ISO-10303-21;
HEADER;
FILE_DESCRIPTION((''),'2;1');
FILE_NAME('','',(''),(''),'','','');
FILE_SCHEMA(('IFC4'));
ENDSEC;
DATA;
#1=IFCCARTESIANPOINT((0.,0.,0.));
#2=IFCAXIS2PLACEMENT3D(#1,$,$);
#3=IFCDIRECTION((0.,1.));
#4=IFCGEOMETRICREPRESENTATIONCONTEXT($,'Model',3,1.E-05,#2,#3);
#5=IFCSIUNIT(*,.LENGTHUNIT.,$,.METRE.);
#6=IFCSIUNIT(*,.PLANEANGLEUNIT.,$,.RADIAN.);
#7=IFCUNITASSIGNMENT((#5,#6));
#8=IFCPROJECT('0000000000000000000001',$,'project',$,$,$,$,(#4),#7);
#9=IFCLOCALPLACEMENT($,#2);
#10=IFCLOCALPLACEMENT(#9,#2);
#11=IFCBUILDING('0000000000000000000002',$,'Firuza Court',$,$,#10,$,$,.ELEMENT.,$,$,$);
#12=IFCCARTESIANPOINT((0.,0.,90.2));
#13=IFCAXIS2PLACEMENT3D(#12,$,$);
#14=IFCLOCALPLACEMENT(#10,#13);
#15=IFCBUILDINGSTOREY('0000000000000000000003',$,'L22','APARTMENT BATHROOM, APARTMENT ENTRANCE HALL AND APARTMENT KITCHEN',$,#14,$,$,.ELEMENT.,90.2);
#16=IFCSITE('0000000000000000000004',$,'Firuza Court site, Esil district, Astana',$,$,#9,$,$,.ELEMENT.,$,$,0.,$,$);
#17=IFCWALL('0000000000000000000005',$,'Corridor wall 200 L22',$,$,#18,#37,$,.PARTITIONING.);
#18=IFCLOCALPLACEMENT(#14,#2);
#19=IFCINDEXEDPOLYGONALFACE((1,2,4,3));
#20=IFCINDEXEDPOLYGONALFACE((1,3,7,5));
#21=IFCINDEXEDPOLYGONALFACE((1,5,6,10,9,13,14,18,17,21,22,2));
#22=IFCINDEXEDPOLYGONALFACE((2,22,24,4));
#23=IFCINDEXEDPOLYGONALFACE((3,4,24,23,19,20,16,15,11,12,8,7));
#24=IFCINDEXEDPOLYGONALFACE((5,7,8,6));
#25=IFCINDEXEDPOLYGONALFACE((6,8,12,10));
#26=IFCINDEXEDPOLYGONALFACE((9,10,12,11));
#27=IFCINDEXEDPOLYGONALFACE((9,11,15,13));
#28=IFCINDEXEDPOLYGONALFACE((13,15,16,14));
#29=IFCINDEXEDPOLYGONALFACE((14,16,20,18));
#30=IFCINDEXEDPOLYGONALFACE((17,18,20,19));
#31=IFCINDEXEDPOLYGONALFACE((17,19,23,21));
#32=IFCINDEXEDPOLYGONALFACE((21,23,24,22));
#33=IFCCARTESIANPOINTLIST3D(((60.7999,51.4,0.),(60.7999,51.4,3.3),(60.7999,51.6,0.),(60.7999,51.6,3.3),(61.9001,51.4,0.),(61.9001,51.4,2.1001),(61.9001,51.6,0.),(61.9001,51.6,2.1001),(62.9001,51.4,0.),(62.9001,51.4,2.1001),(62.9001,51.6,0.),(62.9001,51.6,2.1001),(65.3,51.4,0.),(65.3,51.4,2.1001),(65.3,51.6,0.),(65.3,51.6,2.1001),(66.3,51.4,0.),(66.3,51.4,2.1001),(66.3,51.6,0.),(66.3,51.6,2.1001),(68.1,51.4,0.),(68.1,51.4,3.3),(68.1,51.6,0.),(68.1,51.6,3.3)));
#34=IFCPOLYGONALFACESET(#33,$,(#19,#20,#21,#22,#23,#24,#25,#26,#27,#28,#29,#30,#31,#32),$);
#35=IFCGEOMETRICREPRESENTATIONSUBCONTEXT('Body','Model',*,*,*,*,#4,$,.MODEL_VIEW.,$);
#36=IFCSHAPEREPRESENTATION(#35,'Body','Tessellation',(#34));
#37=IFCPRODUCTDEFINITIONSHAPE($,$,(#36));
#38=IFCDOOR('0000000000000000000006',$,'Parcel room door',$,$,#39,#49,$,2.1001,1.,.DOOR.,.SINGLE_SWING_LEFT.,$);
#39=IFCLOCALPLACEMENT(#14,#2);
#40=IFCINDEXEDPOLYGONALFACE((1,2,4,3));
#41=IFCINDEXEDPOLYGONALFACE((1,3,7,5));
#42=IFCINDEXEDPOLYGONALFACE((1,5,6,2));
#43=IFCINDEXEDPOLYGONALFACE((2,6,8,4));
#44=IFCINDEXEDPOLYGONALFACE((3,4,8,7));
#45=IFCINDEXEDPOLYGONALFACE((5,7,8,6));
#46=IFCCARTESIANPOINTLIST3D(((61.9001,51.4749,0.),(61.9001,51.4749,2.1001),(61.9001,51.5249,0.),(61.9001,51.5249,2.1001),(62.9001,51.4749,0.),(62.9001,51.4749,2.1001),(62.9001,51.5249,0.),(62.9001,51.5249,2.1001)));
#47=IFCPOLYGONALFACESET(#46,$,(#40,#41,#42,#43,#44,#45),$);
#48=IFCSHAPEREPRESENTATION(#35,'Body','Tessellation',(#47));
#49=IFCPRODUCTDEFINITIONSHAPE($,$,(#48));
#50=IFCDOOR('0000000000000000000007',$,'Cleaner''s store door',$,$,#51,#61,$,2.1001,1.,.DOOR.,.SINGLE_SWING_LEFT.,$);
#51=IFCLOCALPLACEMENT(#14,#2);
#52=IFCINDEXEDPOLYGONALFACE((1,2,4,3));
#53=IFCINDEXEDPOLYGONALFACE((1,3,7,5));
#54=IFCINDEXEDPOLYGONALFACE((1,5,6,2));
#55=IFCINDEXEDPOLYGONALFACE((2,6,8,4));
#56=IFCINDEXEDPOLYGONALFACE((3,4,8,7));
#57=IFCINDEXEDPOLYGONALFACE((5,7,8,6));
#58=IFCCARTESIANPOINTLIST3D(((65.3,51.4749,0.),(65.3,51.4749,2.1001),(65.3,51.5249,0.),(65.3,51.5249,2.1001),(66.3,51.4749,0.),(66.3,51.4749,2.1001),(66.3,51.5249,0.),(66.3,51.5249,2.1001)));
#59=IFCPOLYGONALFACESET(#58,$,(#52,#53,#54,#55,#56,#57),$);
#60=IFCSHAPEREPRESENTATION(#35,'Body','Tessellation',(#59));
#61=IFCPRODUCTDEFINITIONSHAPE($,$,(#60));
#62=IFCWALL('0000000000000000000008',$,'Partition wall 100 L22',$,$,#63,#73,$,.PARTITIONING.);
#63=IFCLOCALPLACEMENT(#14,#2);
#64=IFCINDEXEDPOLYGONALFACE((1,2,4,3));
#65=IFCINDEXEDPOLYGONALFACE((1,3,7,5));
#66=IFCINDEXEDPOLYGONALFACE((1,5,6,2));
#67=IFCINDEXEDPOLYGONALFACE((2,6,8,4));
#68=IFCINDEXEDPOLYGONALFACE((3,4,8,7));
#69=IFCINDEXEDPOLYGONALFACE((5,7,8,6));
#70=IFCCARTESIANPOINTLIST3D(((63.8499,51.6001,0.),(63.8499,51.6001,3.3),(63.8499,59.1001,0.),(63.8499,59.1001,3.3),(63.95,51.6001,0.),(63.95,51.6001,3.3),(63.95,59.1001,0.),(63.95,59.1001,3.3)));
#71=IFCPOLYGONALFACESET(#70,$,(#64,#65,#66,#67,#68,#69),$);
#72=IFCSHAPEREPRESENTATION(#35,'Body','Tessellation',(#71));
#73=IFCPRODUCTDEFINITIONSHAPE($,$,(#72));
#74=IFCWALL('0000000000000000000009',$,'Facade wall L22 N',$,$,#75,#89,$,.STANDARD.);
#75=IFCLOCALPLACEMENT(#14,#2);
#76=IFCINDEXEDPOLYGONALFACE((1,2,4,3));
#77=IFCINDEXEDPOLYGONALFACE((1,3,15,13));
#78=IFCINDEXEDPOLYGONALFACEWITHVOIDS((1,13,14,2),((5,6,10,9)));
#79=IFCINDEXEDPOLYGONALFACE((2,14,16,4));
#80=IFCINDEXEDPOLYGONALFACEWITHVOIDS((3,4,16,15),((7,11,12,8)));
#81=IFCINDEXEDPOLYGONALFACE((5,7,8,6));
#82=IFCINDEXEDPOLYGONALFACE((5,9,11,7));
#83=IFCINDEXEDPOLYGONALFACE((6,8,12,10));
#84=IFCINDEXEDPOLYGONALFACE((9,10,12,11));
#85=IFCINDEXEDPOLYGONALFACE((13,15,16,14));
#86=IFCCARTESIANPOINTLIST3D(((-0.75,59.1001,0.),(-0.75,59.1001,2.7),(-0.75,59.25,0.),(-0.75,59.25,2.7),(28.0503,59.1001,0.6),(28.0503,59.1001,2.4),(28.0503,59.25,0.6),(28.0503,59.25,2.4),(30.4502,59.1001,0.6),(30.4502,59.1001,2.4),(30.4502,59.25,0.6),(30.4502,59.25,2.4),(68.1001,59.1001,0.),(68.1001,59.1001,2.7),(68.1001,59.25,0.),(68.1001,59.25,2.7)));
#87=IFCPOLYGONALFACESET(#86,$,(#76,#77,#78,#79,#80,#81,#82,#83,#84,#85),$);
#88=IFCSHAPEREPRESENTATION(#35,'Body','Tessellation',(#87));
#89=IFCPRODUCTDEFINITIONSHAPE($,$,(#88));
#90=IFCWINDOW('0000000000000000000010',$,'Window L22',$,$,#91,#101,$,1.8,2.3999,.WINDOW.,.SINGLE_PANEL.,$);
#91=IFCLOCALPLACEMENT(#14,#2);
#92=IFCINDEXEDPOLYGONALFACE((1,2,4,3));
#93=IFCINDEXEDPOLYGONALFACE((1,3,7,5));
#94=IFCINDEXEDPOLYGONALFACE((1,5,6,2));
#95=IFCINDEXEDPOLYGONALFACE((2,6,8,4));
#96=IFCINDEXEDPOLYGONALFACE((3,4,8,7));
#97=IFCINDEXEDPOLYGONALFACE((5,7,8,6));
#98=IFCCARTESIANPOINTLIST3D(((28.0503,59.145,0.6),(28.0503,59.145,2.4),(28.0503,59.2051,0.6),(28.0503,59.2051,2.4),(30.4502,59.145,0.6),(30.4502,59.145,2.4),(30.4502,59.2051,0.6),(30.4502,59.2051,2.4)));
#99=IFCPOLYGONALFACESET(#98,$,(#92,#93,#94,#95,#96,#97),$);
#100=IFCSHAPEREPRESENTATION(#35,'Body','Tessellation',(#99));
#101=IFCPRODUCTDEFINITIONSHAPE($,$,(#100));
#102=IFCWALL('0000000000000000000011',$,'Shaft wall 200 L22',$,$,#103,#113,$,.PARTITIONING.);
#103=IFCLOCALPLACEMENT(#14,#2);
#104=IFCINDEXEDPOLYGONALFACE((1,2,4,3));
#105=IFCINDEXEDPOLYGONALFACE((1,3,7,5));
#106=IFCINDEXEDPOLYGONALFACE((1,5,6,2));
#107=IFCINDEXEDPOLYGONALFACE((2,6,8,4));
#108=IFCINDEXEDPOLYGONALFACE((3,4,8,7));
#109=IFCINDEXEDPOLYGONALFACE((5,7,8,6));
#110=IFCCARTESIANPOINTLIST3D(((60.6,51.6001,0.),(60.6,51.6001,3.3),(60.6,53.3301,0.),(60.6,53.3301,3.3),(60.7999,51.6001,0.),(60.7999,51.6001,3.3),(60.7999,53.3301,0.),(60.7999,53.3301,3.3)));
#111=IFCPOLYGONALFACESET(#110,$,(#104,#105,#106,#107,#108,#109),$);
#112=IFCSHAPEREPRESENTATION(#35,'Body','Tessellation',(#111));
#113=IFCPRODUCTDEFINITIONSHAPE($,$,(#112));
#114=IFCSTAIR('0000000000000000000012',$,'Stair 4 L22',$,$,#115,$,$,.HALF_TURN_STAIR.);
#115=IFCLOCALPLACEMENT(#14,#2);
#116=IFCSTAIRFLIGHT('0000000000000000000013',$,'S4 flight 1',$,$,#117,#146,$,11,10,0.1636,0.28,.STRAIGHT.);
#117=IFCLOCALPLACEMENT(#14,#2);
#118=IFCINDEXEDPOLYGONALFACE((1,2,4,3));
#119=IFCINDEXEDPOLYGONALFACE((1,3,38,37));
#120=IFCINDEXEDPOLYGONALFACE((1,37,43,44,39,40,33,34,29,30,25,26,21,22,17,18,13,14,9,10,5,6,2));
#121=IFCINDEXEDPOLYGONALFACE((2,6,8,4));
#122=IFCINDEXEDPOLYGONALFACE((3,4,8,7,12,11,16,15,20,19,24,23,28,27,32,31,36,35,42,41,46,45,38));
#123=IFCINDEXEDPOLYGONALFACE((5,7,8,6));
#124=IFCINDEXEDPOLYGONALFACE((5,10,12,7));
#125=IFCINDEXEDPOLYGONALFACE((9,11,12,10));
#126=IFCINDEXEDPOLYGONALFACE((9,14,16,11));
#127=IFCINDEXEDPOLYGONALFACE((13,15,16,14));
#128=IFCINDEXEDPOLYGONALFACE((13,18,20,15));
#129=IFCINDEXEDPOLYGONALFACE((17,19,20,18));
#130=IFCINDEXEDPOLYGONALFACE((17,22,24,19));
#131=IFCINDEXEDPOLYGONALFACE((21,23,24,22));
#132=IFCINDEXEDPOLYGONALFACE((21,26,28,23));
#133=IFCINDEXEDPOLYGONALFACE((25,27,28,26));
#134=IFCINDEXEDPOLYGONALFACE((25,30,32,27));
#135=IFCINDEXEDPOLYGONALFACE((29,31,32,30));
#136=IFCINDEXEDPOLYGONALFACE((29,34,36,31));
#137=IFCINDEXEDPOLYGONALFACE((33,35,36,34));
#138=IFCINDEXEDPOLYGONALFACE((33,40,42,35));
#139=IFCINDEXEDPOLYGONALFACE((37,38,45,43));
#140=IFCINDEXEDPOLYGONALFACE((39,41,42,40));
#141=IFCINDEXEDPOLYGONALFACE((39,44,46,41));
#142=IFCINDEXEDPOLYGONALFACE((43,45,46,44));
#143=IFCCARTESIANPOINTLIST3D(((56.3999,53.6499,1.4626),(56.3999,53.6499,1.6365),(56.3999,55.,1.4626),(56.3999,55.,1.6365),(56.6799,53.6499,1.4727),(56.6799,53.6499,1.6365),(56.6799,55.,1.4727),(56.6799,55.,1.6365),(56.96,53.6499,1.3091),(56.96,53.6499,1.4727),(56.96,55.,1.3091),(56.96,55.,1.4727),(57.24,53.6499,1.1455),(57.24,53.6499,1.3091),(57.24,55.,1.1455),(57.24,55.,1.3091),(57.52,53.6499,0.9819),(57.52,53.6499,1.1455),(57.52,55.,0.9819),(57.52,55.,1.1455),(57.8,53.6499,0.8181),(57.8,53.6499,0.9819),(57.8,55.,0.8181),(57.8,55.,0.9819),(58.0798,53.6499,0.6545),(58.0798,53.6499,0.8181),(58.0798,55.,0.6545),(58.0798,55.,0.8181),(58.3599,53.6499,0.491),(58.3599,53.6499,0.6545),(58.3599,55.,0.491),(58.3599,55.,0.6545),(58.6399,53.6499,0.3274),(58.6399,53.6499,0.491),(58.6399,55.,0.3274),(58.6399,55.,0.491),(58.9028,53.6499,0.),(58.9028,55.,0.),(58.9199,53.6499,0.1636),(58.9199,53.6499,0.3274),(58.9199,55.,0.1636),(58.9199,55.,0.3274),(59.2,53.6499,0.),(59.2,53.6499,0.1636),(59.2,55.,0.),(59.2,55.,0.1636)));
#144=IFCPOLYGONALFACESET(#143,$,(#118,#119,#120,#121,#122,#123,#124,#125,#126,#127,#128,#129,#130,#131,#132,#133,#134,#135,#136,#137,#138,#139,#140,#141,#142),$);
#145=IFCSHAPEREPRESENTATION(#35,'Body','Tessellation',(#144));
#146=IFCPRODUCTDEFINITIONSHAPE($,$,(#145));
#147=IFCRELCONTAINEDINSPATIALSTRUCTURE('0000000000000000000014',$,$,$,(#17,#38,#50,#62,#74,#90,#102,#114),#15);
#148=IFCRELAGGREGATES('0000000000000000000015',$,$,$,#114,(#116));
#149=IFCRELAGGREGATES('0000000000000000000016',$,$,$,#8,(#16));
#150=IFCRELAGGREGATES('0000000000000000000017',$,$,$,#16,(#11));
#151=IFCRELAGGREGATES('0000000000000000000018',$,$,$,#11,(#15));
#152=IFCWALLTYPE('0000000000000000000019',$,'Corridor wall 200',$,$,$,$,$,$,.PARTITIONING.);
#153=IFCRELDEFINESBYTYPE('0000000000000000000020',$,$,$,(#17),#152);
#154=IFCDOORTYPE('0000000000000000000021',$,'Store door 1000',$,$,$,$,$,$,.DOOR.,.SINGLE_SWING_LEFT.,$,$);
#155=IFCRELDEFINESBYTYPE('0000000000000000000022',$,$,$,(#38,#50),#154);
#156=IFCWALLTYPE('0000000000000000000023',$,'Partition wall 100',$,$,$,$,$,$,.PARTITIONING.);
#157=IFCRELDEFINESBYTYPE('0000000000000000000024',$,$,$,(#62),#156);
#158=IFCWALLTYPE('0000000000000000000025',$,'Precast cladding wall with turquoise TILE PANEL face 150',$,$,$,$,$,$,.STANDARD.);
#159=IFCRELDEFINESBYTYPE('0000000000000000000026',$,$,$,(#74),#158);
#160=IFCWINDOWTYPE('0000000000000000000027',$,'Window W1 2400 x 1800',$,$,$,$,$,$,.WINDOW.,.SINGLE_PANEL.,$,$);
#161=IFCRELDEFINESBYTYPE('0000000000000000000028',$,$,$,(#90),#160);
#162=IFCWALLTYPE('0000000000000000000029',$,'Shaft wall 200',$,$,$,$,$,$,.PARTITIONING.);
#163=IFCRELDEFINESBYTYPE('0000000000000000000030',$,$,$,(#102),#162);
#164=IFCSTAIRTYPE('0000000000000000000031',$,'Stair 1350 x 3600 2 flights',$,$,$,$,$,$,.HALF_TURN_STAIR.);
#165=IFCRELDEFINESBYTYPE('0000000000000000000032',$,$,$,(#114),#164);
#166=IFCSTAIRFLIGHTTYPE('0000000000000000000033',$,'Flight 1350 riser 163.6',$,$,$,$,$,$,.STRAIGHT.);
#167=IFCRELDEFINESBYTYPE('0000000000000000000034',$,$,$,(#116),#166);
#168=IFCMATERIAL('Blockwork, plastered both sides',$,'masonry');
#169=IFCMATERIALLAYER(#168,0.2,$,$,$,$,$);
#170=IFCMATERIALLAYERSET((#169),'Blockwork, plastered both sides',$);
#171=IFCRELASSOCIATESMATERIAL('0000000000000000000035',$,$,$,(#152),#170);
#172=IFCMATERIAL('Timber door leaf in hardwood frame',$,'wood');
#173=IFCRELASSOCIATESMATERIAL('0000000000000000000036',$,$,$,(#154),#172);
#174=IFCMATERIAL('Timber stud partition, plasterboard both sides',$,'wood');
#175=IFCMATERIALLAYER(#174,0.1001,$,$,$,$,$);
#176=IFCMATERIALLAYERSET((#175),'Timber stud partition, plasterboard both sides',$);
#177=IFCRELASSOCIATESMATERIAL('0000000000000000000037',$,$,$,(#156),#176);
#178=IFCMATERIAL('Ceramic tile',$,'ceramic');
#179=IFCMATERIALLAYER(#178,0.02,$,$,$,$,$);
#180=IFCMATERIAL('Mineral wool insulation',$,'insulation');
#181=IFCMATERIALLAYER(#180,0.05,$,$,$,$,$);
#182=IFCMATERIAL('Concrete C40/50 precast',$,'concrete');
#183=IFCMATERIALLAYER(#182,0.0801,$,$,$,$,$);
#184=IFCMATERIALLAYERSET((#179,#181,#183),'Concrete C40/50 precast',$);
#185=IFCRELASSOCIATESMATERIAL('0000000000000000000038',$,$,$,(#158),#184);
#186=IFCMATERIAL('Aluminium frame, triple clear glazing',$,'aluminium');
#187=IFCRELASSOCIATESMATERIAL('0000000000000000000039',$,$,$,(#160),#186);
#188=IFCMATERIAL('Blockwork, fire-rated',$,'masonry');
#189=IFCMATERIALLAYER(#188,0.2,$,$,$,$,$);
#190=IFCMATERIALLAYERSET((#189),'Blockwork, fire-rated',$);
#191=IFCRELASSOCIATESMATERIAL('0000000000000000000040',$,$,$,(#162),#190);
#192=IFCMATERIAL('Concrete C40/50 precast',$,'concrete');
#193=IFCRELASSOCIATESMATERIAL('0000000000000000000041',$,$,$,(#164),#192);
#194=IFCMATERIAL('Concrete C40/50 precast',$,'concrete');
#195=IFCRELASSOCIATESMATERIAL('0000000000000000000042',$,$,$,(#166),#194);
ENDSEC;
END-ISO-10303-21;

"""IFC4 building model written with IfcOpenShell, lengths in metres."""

from ifc_helpers import new_model, si_unit, direction, frame, frame_2d, origin, place, context, subcontext, project, spatial, polyline, rectangle, outline, extrude, material, layer, layer_set, type_object, element, fill, aggregate, save


model = new_model("IFC4")

# Units and contexts
model_context = context("Model", 3, precision=1e-05, world=origin(), true_north=direction((0.0, 1.0)))
body_context = subcontext(model_context, "Body", "Model", "MODEL_VIEW")
ifc_project = project(units=[si_unit("LENGTHUNIT", "METRE"), si_unit("PLANEANGLEUNIT", "RADIAN")], contexts=[model_context])

# Site, building, storey
site_placement = place(None, origin())
site = spatial("IfcSite", under=ifc_project, at=site_placement, Name="Firuza Court site, Esil district, Astana", CompositionType="ELEMENT", RefElevation=0.0)
building_placement = place(site_placement, origin())
building = spatial("IfcBuilding", under=site, at=building_placement, Name="Firuza Court", CompositionType="ELEMENT")
storey_placement = place(building_placement, frame((0.0, 0.0, 90.2)))
storey = spatial("IfcBuildingStorey", under=building, at=storey_placement, Name="L22", Description="APARTMENT BATHROOM, APARTMENT ENTRANCE HALL AND APARTMENT KITCHEN", CompositionType="ELEMENT", Elevation=90.2)

# Wall, openings, doors
ifc_material_1 = material(Name="Blockwork, plastered both sides", Category="masonry")
ifc_layer_1 = layer(ifc_material_1, 0.2)
ifc_layer_set_1 = layer_set([ifc_layer_1], Name="Blockwork, plastered both sides")
wall_type_1 = type_object("IfcWallType", Name="Corridor wall 200", PredefinedType="PARTITIONING", material=ifc_layer_set_1)
wall_1_placement = place(storey_placement, frame((60.8, 51.5, 0.0), z_axis=(0.0, 0.0, 1.0), x_axis=(1.0, 0.0, 0.0)))
wall_1 = element("IfcWall", 1, at=wall_1_placement, inside=storey, type_object=wall_type_1, Name="Corridor wall 200 L22", PredefinedType="PARTITIONING", context=body_context, shape_type="SweptSolid", body=[
    extrude(rectangle(XDim=7.3, YDim=0.2, at=frame_2d((3.6499, 0.0))), origin(), (0.0, 0.0, 1.0), 3.3),
])
opening_1_placement = place(wall_1_placement, frame((1.1001, 0.0, 0.0)))
opening_1 = element("IfcOpeningElement", 2, at=opening_1_placement, cuts=wall_1, PredefinedType="OPENING", context=body_context, shape_type="SweptSolid", body=[
    extrude(rectangle(XDim=1.0, YDim=2.1001, at=frame_2d((0.5, 1.05))), frame((0.0, 0.1118, 0.0), z_axis=(0.0, -1.0, 0.0), x_axis=(1.0, 0.0, 0.0)), (0.0, 0.0, 1.0), 0.2239),
])
opening_2_placement = place(wall_1_placement, frame((4.5, 0.0, 0.0)))
opening_2 = element("IfcOpeningElement", 3, at=opening_2_placement, cuts=wall_1, PredefinedType="OPENING", context=body_context, shape_type="SweptSolid", body=[
    extrude(rectangle(XDim=1.0, YDim=2.1001, at=frame_2d((0.5, 1.05))), frame((0.0, 0.1118, 0.0), z_axis=(0.0, -1.0, 0.0), x_axis=(1.0, 0.0, 0.0)), (0.0, 0.0, 1.0), 0.2239),
])
ifc_material_2 = material(Name="Timber door leaf in hardwood frame", Category="wood")
door_type = type_object("IfcDoorType", Name="Store door 1000", OperationType="SINGLE_SWING_LEFT", PredefinedType="DOOR", material=ifc_material_2)
door_1_placement = place(opening_1_placement, origin())
door_1 = element("IfcDoor", 4, at=door_1_placement, inside=storey, type_object=door_type, Name="Parcel room door", OperationType="SINGLE_SWING_LEFT", OverallHeight=2.1001, OverallWidth=1.0, PredefinedType="DOOR", context=body_context, shape_type="SweptSolid", body=[
    extrude(rectangle(XDim=1.0, YDim=2.1001, at=frame_2d((0.5, 1.05))), frame((0.0, 0.0249, 0.0), z_axis=(0.0, -1.0, 0.0), x_axis=(1.0, 0.0, 0.0)), (0.0, 0.0, 1.0), 0.05),
])
fill(opening_1, door_1)
door_2_placement = place(opening_2_placement, origin())
door_2 = element("IfcDoor", 5, at=door_2_placement, inside=storey, type_object=door_type, Name="Cleaner's store door", OperationType="SINGLE_SWING_LEFT", OverallHeight=2.1001, OverallWidth=1.0, PredefinedType="DOOR", context=body_context, shape_type="SweptSolid", body=[
    extrude(rectangle(XDim=1.0, YDim=2.1001, at=frame_2d((0.5, 1.05))), frame((0.0, 0.0249, 0.0), z_axis=(0.0, -1.0, 0.0), x_axis=(1.0, 0.0, 0.0)), (0.0, 0.0, 1.0), 0.05),
])
fill(opening_2, door_2)

# Wall
ifc_material_3 = material(Name="Timber stud partition, plasterboard both sides", Category="wood")
ifc_layer_2 = layer(ifc_material_3, 0.1001)
ifc_layer_set_2 = layer_set([ifc_layer_2], Name="Timber stud partition, plasterboard both sides")
wall_type_2 = type_object("IfcWallType", Name="Partition wall 100", PredefinedType="PARTITIONING", material=ifc_layer_set_2)
wall_2_placement = place(storey_placement, frame((63.8999, 51.6001, 0.0), z_axis=(0.0, 0.0, 1.0), x_axis=(0.0, 1.0, 0.0)))
element("IfcWall", 6, at=wall_2_placement, inside=storey, type_object=wall_type_2, Name="Partition wall 100 L22", PredefinedType="PARTITIONING", context=body_context, shape_type="SweptSolid", body=[
    extrude(rectangle(XDim=7.5, YDim=0.1001, at=frame_2d((3.75, 0.0))), origin(), (0.0, 0.0, 1.0), 3.3),
])

# Wall, opening, window
ifc_material_4 = material(Name="Ceramic tile", Category="ceramic")
ifc_layer_3 = layer(ifc_material_4, 0.02)
ifc_material_5 = material(Name="Mineral wool insulation", Category="insulation")
ifc_layer_4 = layer(ifc_material_5, 0.05)
ifc_material_6 = material(Name="Concrete C40/50 precast", Category="concrete")
ifc_layer_5 = layer(ifc_material_6, 0.0801)
ifc_layer_set_3 = layer_set([ifc_layer_3, ifc_layer_4, ifc_layer_5], Name="Concrete C40/50 precast")
wall_type_3 = type_object("IfcWallType", Name="Precast cladding wall with turquoise TILE PANEL face 150", PredefinedType="STANDARD", material=ifc_layer_set_3)
wall_3_placement = place(storey_placement, frame((68.1001, 59.175, 0.0), z_axis=(0.0, 0.0, 1.0), x_axis=(-1.0, 0.0, 0.0)))
wall_3 = element("IfcWall", 7, at=wall_3_placement, inside=storey, type_object=wall_type_3, Name="Facade wall L22 N", PredefinedType="STANDARD", context=body_context, shape_type="SweptSolid", body=[
    extrude(rectangle(XDim=68.8501, YDim=0.1499, at=frame_2d((34.425, 0.0))), origin(), (0.0, 0.0, 1.0), 2.7),
])
opening_3_placement = place(wall_3_placement, frame((37.6499, 0.0, 0.6001)))
opening_3 = element("IfcOpeningElement", 8, at=opening_3_placement, cuts=wall_3, PredefinedType="OPENING", context=body_context, shape_type="SweptSolid", body=[
    extrude(rectangle(XDim=2.3999, YDim=1.8, at=frame_2d((1.2, 0.8999))), frame((0.0, 0.0869, 0.0), z_axis=(0.0, -1.0, 0.0), x_axis=(1.0, 0.0, 0.0)), (0.0, 0.0, 1.0), 0.1738),
])
ifc_material_7 = material(Name="Aluminium frame, triple clear glazing", Category="aluminium")
window_type = type_object("IfcWindowType", Name="Window W1 2400 x 1800", PartitioningType="SINGLE_PANEL", PredefinedType="WINDOW", material=ifc_material_7)
window_placement = place(opening_3_placement, origin())
window = element("IfcWindow", 9, at=window_placement, inside=storey, type_object=window_type, Name="Window L22", OverallHeight=1.8, OverallWidth=2.3999, PartitioningType="SINGLE_PANEL", PredefinedType="WINDOW", context=body_context, shape_type="SweptSolid", body=[
    extrude(rectangle(XDim=2.3999, YDim=1.8, at=frame_2d((1.2, 0.8999))), frame((0.0, 0.03, 0.0), z_axis=(0.0, -1.0, 0.0), x_axis=(1.0, 0.0, 0.0)), (0.0, 0.0, 1.0), 0.0601),
])
fill(opening_3, window)

# Wall
ifc_material_8 = material(Name="Blockwork, fire-rated", Category="masonry")
ifc_layer_6 = layer(ifc_material_8, 0.2)
ifc_layer_set_4 = layer_set([ifc_layer_6], Name="Blockwork, fire-rated")
wall_type_4 = type_object("IfcWallType", Name="Shaft wall 200", PredefinedType="PARTITIONING", material=ifc_layer_set_4)
wall_4_placement = place(storey_placement, frame((60.7, 51.6001, 0.0), z_axis=(0.0, 0.0, 1.0), x_axis=(0.0, 1.0, 0.0)))
element("IfcWall", 10, at=wall_4_placement, inside=storey, type_object=wall_type_4, Name="Shaft wall 200 L22", PredefinedType="PARTITIONING", context=body_context, shape_type="SweptSolid", body=[
    extrude(rectangle(XDim=1.73, YDim=0.2, at=frame_2d((0.865, 0.0))), origin(), (0.0, 0.0, 1.0), 3.3),
])

# Stair, stair flight
ifc_material_9 = material(Name="Concrete C40/50 precast", Category="concrete")
stair_type = type_object("IfcStairType", Name="Stair 1350 x 3600 2 flights", PredefinedType="HALF_TURN_STAIR", material=ifc_material_9)
stair_placement = place(storey_placement, origin())
stair = element("IfcStair", 11, at=stair_placement, inside=storey, type_object=stair_type, Name="Stair 4 L22", PredefinedType="HALF_TURN_STAIR")
ifc_material_10 = material(Name="Concrete C40/50 precast", Category="concrete")
stair_flight_type = type_object("IfcStairFlightType", Name="Flight 1350 riser 163.6", PredefinedType="STRAIGHT", material=ifc_material_10)
stair_flight_placement = place(storey_placement, frame((59.2, 54.325, 0.0), z_axis=(0.0, 0.0, 1.0), x_axis=(-1.0, 0.0, 0.0)))
stair_flight = element("IfcStairFlight", 12, at=stair_flight_placement, type_object=stair_flight_type, Name="S4 flight 1", NumberOfRisers=11, NumberOfTreads=10, PredefinedType="STRAIGHT", RiserHeight=0.1636, TreadLength=0.28, context=body_context, shape_type="SweptSolid", body=[
    extrude(outline(polyline([(0.0, 0.0), (0.0, 0.1636), (0.28, 0.1636), (0.28, 0.3274), (0.5601, 0.3274), (0.5601, 0.491), (0.8401, 0.491), (0.8401, 0.6545), (1.1201, 0.6545), (1.1201, 0.8181), (1.3999, 0.8181), (1.3999, 0.9819), (1.6799, 0.9819), (1.6799, 1.1455), (1.96, 1.1455), (1.96, 1.3091), (2.24, 1.3091), (2.24, 1.4727), (2.52, 1.4727), (2.52, 1.6365), (2.8, 1.6365), (2.8, 1.8), (2.8, 1.4626), (0.2971, 0.0), (0.0, 0.0)])), frame((0.0, 0.675, 0.0), z_axis=(0.0, -1.0, 0.0), x_axis=(1.0, 0.0, 0.0)), (0.0, 0.0, 1.0), 1.3501),
])
aggregate(stair, [stair_flight])

save(model, "model.ifc")
